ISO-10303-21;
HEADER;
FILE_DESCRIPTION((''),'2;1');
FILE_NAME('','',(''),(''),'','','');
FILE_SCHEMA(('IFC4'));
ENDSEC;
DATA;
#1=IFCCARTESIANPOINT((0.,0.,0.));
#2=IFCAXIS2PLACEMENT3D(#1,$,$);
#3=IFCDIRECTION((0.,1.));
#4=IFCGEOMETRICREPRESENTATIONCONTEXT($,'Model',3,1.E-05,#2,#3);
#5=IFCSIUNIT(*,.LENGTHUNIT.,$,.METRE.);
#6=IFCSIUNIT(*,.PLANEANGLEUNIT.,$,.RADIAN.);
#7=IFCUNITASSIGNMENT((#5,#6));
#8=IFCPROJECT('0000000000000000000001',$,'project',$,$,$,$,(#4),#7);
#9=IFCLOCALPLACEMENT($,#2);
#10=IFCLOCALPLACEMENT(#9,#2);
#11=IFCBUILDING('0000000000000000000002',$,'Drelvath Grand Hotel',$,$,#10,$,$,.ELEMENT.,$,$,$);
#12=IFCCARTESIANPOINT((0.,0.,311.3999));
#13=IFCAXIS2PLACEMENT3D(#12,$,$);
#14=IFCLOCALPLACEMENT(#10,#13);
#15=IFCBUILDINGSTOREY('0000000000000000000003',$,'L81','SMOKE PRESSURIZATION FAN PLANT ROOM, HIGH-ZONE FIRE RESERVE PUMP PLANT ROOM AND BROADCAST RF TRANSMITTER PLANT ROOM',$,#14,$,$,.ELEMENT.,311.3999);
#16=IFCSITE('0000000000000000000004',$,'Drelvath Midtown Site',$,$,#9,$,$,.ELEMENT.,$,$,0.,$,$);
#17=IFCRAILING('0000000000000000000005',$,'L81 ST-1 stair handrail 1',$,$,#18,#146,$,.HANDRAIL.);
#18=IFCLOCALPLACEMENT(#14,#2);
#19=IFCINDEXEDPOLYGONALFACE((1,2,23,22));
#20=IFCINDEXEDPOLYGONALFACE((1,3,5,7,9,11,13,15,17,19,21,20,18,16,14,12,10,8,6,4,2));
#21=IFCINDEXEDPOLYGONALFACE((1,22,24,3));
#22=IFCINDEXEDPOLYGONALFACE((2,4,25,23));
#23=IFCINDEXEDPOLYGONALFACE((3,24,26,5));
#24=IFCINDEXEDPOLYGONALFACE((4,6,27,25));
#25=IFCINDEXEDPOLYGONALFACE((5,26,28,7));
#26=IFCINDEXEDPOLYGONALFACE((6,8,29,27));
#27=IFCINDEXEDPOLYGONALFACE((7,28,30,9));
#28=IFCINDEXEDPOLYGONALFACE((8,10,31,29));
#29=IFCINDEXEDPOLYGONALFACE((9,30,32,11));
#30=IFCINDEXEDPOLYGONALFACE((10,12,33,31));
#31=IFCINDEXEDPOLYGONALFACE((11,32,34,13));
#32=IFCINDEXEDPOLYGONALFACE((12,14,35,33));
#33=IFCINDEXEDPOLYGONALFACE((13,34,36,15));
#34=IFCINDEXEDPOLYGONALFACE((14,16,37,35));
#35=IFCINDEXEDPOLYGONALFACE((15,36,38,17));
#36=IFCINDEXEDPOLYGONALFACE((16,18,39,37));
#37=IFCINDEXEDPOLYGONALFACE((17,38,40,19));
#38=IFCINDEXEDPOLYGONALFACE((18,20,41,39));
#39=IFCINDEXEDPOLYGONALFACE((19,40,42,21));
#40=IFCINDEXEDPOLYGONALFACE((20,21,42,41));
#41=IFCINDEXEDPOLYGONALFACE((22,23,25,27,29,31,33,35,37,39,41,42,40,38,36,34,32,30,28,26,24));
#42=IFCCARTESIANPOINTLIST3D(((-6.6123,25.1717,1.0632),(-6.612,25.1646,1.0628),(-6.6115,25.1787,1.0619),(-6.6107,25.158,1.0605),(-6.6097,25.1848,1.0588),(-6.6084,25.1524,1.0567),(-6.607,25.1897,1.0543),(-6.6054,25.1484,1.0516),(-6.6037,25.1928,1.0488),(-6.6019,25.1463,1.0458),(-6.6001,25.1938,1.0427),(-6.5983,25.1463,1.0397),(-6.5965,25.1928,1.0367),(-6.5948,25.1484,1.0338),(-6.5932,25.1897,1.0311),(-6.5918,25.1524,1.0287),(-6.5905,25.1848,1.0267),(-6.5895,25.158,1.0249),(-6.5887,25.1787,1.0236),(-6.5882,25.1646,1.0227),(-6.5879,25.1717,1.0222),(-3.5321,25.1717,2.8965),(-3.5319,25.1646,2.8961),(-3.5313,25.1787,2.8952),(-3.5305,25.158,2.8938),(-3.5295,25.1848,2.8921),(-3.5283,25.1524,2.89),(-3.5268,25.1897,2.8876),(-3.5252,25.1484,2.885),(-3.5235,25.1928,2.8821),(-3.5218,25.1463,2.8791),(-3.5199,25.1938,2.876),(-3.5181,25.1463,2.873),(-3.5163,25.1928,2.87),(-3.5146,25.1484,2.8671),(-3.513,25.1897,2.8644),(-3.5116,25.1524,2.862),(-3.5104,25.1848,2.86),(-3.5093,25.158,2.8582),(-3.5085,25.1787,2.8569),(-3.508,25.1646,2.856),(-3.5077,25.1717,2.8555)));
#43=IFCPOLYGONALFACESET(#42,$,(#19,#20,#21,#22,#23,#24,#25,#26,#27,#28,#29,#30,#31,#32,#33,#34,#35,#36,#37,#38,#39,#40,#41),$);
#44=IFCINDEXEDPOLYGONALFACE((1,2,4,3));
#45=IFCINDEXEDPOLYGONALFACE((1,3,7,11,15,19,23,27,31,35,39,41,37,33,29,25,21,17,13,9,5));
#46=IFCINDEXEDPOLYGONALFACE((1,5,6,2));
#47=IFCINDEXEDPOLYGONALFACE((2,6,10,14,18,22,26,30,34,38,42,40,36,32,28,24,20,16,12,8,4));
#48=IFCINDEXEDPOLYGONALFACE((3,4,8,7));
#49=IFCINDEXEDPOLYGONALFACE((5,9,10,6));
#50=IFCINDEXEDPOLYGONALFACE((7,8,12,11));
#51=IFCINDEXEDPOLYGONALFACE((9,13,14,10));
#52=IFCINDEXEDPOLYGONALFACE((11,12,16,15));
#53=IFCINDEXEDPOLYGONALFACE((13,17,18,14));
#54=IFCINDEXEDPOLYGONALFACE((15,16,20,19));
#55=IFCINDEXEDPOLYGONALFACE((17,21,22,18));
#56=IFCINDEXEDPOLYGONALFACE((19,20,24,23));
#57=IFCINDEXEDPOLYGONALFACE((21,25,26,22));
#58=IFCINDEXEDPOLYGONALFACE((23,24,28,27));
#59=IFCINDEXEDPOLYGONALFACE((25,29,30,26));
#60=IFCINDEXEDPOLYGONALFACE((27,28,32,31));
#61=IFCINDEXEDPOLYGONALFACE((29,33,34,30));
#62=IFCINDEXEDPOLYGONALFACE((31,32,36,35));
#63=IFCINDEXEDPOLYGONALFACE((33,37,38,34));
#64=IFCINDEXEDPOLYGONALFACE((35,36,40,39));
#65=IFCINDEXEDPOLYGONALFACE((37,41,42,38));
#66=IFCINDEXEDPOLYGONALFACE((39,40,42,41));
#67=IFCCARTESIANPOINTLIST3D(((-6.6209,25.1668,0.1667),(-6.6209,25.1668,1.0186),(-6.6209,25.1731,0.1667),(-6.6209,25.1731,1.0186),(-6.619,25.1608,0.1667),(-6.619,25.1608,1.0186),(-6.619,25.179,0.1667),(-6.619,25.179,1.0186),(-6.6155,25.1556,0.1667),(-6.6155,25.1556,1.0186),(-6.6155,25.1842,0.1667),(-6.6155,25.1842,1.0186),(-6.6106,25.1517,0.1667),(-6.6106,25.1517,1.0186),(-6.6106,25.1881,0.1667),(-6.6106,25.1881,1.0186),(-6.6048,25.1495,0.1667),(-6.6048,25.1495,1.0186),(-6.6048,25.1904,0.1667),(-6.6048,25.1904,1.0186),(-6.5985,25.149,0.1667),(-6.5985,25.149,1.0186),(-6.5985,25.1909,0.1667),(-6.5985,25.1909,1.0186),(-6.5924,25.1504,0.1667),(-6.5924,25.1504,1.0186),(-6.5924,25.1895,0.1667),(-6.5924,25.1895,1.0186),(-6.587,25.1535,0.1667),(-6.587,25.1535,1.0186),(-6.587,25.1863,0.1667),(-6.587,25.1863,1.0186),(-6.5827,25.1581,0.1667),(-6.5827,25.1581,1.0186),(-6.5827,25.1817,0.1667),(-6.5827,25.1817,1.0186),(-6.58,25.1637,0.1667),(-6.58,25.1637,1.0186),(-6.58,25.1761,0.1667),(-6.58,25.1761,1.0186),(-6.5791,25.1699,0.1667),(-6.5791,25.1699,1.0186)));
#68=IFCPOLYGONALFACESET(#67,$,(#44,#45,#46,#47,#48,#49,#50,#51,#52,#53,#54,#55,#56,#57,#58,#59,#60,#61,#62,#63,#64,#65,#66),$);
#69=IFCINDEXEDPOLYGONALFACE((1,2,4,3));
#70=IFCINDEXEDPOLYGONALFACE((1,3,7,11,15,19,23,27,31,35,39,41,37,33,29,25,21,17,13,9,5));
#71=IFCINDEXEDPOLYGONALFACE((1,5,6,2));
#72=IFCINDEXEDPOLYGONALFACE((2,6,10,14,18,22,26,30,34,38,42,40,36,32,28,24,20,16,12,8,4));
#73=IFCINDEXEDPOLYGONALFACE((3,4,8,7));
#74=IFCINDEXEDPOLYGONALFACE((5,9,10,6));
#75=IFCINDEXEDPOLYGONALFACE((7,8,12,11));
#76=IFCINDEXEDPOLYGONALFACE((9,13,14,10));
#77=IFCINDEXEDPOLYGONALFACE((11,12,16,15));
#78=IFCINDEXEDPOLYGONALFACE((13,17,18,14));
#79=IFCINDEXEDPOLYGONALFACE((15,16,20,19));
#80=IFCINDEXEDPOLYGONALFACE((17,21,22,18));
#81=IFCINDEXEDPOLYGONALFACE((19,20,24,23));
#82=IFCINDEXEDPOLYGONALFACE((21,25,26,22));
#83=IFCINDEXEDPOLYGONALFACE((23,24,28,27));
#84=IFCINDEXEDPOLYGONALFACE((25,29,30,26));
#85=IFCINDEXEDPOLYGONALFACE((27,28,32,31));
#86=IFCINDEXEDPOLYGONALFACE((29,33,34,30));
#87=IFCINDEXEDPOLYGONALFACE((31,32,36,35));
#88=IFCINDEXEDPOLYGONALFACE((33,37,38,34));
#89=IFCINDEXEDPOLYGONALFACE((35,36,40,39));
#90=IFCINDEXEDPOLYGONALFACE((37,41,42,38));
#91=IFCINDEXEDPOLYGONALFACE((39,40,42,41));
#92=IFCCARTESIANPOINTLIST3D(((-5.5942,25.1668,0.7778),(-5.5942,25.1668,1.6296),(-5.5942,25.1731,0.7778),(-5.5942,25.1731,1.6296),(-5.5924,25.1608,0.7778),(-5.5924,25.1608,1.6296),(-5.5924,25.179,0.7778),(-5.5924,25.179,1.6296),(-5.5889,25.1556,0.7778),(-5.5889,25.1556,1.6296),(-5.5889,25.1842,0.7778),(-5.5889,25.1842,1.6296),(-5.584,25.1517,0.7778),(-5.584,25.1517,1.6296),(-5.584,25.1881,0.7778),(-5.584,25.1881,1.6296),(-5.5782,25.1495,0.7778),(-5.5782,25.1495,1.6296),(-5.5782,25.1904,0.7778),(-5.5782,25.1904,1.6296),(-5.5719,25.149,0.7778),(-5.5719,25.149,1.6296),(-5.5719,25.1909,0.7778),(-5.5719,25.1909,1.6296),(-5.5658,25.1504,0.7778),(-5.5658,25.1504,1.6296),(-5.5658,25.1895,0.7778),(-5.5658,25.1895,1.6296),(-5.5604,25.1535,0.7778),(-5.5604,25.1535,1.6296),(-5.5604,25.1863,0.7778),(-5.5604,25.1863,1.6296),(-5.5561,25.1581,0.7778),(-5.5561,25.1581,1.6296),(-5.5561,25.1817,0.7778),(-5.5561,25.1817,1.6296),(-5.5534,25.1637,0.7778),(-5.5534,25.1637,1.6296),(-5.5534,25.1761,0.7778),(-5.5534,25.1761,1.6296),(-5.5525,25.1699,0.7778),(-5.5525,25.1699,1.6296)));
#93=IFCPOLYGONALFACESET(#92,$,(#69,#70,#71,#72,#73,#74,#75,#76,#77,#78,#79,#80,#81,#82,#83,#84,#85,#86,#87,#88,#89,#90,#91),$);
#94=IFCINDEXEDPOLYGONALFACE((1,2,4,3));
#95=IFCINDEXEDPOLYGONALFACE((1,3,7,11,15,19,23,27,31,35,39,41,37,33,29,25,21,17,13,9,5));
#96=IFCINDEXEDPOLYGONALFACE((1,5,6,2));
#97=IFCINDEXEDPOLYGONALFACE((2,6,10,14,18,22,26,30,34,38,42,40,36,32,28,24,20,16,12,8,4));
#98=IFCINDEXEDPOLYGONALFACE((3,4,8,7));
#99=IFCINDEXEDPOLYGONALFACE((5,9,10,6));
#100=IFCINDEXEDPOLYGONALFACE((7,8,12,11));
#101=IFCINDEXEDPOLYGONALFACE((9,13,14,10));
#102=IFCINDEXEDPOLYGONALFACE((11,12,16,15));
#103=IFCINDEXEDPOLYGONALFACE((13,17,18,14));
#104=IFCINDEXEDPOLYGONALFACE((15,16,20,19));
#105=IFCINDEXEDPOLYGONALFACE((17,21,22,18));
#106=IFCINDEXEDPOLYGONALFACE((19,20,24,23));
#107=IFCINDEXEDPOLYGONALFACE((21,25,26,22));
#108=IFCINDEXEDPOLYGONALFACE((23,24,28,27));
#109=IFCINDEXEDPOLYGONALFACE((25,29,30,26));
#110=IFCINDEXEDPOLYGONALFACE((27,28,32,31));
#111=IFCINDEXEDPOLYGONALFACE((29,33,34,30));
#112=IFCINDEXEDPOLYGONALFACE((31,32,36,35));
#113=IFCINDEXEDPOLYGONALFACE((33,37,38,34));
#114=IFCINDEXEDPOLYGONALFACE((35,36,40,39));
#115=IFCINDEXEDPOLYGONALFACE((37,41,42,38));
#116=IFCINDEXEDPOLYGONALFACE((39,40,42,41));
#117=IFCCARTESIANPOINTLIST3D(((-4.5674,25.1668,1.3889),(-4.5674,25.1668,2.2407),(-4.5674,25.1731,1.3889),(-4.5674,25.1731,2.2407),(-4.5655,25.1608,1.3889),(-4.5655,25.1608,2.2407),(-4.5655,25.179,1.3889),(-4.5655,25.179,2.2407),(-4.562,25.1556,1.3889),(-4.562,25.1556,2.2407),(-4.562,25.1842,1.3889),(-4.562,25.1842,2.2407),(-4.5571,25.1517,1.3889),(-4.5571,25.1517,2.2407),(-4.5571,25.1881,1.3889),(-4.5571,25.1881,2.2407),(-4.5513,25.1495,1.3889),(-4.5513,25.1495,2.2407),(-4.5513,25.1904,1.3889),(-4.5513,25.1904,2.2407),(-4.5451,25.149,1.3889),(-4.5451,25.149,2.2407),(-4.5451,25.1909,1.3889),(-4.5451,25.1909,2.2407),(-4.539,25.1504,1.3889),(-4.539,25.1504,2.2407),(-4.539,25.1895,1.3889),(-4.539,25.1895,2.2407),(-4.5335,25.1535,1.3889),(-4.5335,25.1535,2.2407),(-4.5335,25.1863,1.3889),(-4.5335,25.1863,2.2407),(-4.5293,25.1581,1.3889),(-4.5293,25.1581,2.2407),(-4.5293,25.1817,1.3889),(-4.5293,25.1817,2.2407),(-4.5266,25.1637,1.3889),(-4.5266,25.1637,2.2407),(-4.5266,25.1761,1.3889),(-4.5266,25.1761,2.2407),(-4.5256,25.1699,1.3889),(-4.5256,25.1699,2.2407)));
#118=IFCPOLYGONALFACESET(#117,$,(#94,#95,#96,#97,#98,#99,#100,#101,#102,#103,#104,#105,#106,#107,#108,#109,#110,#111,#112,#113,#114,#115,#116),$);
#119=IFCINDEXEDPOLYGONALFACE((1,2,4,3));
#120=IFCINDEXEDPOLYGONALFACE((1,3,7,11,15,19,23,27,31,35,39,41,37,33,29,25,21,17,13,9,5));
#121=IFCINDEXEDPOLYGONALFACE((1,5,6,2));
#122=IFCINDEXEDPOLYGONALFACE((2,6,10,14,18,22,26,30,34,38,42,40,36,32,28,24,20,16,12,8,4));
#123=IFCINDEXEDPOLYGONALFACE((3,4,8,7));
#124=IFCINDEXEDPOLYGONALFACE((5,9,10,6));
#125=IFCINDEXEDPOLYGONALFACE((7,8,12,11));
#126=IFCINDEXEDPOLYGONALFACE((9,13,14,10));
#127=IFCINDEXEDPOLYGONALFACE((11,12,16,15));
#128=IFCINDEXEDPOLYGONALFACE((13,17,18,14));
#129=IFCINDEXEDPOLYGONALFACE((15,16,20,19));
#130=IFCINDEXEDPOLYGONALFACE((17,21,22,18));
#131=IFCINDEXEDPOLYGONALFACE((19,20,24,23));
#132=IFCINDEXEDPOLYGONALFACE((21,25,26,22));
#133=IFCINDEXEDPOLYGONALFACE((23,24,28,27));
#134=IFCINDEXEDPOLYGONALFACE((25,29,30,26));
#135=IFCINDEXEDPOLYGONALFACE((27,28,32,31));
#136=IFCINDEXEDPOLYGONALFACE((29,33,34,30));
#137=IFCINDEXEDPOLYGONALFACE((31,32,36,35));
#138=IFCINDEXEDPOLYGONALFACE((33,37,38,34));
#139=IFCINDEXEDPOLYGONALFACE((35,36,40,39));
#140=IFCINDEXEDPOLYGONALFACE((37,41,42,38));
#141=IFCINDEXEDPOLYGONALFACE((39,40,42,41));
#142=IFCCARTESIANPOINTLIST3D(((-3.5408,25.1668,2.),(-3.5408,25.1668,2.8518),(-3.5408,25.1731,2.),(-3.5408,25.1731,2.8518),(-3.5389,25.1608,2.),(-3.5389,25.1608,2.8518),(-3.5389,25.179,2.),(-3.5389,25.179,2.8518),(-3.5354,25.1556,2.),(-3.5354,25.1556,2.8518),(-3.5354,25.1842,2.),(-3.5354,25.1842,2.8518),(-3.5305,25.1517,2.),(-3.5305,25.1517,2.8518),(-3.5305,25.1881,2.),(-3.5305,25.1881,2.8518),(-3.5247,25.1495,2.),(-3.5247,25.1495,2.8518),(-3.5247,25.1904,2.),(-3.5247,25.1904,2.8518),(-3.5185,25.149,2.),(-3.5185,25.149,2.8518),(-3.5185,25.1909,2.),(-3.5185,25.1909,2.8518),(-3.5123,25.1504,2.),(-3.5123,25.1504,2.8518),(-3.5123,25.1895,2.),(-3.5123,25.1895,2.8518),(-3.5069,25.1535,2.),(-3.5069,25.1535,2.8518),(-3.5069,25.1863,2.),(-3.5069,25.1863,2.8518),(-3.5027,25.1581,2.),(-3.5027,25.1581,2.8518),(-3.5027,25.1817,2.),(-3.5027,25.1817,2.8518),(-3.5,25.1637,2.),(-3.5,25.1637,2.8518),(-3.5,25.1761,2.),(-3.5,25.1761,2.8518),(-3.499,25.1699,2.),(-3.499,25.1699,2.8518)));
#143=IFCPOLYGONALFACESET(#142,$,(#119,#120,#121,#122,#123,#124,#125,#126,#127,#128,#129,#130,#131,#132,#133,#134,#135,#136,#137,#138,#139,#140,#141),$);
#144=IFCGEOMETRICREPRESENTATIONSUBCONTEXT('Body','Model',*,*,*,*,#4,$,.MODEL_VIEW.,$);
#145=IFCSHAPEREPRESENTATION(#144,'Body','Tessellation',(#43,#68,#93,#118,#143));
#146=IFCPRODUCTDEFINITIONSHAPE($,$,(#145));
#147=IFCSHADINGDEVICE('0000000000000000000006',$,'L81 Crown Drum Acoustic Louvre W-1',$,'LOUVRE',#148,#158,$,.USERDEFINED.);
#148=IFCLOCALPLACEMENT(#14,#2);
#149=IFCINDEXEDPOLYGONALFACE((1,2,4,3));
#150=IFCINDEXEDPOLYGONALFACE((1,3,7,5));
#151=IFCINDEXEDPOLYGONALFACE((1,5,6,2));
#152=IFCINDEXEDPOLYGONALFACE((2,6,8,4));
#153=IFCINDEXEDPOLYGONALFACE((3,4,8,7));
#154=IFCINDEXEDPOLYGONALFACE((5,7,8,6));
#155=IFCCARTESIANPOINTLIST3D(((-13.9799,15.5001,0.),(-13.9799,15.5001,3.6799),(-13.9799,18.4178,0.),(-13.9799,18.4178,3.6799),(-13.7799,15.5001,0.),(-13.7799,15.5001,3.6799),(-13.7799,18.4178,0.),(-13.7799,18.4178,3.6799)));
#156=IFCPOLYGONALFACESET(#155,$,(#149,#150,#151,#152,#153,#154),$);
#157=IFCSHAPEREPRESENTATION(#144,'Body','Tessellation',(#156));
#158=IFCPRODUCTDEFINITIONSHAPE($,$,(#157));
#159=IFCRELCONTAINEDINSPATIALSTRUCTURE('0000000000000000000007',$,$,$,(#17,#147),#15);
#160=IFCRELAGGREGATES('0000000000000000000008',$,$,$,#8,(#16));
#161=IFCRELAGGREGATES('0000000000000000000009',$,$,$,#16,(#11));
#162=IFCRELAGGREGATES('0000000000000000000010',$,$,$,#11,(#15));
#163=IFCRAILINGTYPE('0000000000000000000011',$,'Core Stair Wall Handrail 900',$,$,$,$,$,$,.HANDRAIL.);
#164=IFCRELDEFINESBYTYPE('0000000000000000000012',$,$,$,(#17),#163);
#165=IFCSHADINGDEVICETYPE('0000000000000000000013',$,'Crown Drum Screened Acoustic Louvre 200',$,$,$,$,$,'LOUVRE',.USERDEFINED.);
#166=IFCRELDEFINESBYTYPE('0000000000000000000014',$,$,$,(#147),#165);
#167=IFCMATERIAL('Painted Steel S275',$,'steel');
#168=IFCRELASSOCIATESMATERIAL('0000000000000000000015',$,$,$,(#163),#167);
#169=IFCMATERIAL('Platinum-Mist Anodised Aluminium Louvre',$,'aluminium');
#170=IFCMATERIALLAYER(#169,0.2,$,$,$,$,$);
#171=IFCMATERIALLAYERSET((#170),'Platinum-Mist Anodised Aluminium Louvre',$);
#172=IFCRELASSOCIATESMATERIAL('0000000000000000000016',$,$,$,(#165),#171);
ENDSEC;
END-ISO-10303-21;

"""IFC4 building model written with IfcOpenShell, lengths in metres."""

from ifc_helpers import new_model, si_unit, direction, frame, origin, origin_2d, place, context, subcontext, project, spatial, rectangle, circle, extrude, material, layer, layer_set, type_object, element, save


model = new_model("IFC4")

# Units and contexts
model_context = context("Model", 3, precision=1e-05, world=origin(), true_north=direction((0.0, 1.0)))
body_context = subcontext(model_context, "Body", "Model", "MODEL_VIEW")
ifc_project = project(units=[si_unit("LENGTHUNIT", "METRE"), si_unit("PLANEANGLEUNIT", "RADIAN")], contexts=[model_context])

# Site, building, storey
site_placement = place(None, origin())
site = spatial("IfcSite", under=ifc_project, at=site_placement, Name="Drelvath Midtown Site", CompositionType="ELEMENT", RefElevation=0.0)
building_placement = place(site_placement, origin())
building = spatial("IfcBuilding", under=site, at=building_placement, Name="Drelvath Grand Hotel", CompositionType="ELEMENT")
storey_placement = place(building_placement, frame((0.0, 0.0, 311.3999)))
storey = spatial("IfcBuildingStorey", under=building, at=storey_placement, Name="L81", Description="SMOKE PRESSURIZATION FAN PLANT ROOM, HIGH-ZONE FIRE RESERVE PUMP PLANT ROOM AND BROADCAST RF TRANSMITTER PLANT ROOM", CompositionType="ELEMENT", Elevation=311.3999)

# Shared definitions
ifc_material_1 = material(Name="Painted Steel S275", Category="steel")

# Railing
railing_type = type_object("IfcRailingType", Name="Core Stair Wall Handrail 900", PredefinedType="HANDRAIL", material=ifc_material_1)
railing_placement = place(storey_placement, frame((-6.6001, 25.1699, 0.1667)))
element("IfcRailing", 1, at=railing_placement, inside=storey, type_object=railing_type, Name="L81 ST-1 stair handrail 1", PredefinedType="HANDRAIL", context=body_context, shape_type="SweptSolid", body=[
    extrude(circle(Radius=0.0239, at=origin_2d()), frame((0.0, 0.0, 0.876), z_axis=(0.859309, 0.0, 0.511458), x_axis=(0.0, 1.0, 0.0)), (0.0, 0.0, 1.0), 3.5845),
    extrude(circle(Radius=0.021, at=origin_2d()), origin(), (0.0, 0.0, 1.0), 0.8518),
    extrude(circle(Radius=0.021, at=origin_2d()), frame((1.0266, 0.0, 0.6111)), (0.0, 0.0, 1.0), 0.8518),
    extrude(circle(Radius=0.021, at=origin_2d()), frame((2.0535, 0.0, 1.2222)), (0.0, 0.0, 1.0), 0.8518),
    extrude(circle(Radius=0.021, at=origin_2d()), frame((3.0801, 0.0, 1.8333)), (0.0, 0.0, 1.0), 0.8518),
])

# Shading device
ifc_material_2 = material(Name="Platinum-Mist Anodised Aluminium Louvre", Category="aluminium")
ifc_layer_1 = layer(ifc_material_2, 0.2)
ifc_layer_set_1 = layer_set([ifc_layer_1], Name="Platinum-Mist Anodised Aluminium Louvre")
shading_device_type = type_object("IfcShadingDeviceType", Name="Crown Drum Screened Acoustic Louvre 200", ElementType="LOUVRE", PredefinedType="USERDEFINED", material=ifc_layer_set_1)
shading_device_placement = place(storey_placement, frame((-13.8799, 16.959, 0.0), z_axis=(0.0, 0.0, 1.0), x_axis=(0.0, 1.0, 0.0)))
element("IfcShadingDevice", 2, at=shading_device_placement, inside=storey, type_object=shading_device_type, Name="L81 Crown Drum Acoustic Louvre W-1", ObjectType="LOUVRE", PredefinedType="USERDEFINED", context=body_context, shape_type="SweptSolid", body=[
    extrude(rectangle(XDim=2.9177, YDim=0.2, at=origin_2d()), origin(), (0.0, 0.0, 1.0), 3.6799),
])

save(model, "model.ifc")
